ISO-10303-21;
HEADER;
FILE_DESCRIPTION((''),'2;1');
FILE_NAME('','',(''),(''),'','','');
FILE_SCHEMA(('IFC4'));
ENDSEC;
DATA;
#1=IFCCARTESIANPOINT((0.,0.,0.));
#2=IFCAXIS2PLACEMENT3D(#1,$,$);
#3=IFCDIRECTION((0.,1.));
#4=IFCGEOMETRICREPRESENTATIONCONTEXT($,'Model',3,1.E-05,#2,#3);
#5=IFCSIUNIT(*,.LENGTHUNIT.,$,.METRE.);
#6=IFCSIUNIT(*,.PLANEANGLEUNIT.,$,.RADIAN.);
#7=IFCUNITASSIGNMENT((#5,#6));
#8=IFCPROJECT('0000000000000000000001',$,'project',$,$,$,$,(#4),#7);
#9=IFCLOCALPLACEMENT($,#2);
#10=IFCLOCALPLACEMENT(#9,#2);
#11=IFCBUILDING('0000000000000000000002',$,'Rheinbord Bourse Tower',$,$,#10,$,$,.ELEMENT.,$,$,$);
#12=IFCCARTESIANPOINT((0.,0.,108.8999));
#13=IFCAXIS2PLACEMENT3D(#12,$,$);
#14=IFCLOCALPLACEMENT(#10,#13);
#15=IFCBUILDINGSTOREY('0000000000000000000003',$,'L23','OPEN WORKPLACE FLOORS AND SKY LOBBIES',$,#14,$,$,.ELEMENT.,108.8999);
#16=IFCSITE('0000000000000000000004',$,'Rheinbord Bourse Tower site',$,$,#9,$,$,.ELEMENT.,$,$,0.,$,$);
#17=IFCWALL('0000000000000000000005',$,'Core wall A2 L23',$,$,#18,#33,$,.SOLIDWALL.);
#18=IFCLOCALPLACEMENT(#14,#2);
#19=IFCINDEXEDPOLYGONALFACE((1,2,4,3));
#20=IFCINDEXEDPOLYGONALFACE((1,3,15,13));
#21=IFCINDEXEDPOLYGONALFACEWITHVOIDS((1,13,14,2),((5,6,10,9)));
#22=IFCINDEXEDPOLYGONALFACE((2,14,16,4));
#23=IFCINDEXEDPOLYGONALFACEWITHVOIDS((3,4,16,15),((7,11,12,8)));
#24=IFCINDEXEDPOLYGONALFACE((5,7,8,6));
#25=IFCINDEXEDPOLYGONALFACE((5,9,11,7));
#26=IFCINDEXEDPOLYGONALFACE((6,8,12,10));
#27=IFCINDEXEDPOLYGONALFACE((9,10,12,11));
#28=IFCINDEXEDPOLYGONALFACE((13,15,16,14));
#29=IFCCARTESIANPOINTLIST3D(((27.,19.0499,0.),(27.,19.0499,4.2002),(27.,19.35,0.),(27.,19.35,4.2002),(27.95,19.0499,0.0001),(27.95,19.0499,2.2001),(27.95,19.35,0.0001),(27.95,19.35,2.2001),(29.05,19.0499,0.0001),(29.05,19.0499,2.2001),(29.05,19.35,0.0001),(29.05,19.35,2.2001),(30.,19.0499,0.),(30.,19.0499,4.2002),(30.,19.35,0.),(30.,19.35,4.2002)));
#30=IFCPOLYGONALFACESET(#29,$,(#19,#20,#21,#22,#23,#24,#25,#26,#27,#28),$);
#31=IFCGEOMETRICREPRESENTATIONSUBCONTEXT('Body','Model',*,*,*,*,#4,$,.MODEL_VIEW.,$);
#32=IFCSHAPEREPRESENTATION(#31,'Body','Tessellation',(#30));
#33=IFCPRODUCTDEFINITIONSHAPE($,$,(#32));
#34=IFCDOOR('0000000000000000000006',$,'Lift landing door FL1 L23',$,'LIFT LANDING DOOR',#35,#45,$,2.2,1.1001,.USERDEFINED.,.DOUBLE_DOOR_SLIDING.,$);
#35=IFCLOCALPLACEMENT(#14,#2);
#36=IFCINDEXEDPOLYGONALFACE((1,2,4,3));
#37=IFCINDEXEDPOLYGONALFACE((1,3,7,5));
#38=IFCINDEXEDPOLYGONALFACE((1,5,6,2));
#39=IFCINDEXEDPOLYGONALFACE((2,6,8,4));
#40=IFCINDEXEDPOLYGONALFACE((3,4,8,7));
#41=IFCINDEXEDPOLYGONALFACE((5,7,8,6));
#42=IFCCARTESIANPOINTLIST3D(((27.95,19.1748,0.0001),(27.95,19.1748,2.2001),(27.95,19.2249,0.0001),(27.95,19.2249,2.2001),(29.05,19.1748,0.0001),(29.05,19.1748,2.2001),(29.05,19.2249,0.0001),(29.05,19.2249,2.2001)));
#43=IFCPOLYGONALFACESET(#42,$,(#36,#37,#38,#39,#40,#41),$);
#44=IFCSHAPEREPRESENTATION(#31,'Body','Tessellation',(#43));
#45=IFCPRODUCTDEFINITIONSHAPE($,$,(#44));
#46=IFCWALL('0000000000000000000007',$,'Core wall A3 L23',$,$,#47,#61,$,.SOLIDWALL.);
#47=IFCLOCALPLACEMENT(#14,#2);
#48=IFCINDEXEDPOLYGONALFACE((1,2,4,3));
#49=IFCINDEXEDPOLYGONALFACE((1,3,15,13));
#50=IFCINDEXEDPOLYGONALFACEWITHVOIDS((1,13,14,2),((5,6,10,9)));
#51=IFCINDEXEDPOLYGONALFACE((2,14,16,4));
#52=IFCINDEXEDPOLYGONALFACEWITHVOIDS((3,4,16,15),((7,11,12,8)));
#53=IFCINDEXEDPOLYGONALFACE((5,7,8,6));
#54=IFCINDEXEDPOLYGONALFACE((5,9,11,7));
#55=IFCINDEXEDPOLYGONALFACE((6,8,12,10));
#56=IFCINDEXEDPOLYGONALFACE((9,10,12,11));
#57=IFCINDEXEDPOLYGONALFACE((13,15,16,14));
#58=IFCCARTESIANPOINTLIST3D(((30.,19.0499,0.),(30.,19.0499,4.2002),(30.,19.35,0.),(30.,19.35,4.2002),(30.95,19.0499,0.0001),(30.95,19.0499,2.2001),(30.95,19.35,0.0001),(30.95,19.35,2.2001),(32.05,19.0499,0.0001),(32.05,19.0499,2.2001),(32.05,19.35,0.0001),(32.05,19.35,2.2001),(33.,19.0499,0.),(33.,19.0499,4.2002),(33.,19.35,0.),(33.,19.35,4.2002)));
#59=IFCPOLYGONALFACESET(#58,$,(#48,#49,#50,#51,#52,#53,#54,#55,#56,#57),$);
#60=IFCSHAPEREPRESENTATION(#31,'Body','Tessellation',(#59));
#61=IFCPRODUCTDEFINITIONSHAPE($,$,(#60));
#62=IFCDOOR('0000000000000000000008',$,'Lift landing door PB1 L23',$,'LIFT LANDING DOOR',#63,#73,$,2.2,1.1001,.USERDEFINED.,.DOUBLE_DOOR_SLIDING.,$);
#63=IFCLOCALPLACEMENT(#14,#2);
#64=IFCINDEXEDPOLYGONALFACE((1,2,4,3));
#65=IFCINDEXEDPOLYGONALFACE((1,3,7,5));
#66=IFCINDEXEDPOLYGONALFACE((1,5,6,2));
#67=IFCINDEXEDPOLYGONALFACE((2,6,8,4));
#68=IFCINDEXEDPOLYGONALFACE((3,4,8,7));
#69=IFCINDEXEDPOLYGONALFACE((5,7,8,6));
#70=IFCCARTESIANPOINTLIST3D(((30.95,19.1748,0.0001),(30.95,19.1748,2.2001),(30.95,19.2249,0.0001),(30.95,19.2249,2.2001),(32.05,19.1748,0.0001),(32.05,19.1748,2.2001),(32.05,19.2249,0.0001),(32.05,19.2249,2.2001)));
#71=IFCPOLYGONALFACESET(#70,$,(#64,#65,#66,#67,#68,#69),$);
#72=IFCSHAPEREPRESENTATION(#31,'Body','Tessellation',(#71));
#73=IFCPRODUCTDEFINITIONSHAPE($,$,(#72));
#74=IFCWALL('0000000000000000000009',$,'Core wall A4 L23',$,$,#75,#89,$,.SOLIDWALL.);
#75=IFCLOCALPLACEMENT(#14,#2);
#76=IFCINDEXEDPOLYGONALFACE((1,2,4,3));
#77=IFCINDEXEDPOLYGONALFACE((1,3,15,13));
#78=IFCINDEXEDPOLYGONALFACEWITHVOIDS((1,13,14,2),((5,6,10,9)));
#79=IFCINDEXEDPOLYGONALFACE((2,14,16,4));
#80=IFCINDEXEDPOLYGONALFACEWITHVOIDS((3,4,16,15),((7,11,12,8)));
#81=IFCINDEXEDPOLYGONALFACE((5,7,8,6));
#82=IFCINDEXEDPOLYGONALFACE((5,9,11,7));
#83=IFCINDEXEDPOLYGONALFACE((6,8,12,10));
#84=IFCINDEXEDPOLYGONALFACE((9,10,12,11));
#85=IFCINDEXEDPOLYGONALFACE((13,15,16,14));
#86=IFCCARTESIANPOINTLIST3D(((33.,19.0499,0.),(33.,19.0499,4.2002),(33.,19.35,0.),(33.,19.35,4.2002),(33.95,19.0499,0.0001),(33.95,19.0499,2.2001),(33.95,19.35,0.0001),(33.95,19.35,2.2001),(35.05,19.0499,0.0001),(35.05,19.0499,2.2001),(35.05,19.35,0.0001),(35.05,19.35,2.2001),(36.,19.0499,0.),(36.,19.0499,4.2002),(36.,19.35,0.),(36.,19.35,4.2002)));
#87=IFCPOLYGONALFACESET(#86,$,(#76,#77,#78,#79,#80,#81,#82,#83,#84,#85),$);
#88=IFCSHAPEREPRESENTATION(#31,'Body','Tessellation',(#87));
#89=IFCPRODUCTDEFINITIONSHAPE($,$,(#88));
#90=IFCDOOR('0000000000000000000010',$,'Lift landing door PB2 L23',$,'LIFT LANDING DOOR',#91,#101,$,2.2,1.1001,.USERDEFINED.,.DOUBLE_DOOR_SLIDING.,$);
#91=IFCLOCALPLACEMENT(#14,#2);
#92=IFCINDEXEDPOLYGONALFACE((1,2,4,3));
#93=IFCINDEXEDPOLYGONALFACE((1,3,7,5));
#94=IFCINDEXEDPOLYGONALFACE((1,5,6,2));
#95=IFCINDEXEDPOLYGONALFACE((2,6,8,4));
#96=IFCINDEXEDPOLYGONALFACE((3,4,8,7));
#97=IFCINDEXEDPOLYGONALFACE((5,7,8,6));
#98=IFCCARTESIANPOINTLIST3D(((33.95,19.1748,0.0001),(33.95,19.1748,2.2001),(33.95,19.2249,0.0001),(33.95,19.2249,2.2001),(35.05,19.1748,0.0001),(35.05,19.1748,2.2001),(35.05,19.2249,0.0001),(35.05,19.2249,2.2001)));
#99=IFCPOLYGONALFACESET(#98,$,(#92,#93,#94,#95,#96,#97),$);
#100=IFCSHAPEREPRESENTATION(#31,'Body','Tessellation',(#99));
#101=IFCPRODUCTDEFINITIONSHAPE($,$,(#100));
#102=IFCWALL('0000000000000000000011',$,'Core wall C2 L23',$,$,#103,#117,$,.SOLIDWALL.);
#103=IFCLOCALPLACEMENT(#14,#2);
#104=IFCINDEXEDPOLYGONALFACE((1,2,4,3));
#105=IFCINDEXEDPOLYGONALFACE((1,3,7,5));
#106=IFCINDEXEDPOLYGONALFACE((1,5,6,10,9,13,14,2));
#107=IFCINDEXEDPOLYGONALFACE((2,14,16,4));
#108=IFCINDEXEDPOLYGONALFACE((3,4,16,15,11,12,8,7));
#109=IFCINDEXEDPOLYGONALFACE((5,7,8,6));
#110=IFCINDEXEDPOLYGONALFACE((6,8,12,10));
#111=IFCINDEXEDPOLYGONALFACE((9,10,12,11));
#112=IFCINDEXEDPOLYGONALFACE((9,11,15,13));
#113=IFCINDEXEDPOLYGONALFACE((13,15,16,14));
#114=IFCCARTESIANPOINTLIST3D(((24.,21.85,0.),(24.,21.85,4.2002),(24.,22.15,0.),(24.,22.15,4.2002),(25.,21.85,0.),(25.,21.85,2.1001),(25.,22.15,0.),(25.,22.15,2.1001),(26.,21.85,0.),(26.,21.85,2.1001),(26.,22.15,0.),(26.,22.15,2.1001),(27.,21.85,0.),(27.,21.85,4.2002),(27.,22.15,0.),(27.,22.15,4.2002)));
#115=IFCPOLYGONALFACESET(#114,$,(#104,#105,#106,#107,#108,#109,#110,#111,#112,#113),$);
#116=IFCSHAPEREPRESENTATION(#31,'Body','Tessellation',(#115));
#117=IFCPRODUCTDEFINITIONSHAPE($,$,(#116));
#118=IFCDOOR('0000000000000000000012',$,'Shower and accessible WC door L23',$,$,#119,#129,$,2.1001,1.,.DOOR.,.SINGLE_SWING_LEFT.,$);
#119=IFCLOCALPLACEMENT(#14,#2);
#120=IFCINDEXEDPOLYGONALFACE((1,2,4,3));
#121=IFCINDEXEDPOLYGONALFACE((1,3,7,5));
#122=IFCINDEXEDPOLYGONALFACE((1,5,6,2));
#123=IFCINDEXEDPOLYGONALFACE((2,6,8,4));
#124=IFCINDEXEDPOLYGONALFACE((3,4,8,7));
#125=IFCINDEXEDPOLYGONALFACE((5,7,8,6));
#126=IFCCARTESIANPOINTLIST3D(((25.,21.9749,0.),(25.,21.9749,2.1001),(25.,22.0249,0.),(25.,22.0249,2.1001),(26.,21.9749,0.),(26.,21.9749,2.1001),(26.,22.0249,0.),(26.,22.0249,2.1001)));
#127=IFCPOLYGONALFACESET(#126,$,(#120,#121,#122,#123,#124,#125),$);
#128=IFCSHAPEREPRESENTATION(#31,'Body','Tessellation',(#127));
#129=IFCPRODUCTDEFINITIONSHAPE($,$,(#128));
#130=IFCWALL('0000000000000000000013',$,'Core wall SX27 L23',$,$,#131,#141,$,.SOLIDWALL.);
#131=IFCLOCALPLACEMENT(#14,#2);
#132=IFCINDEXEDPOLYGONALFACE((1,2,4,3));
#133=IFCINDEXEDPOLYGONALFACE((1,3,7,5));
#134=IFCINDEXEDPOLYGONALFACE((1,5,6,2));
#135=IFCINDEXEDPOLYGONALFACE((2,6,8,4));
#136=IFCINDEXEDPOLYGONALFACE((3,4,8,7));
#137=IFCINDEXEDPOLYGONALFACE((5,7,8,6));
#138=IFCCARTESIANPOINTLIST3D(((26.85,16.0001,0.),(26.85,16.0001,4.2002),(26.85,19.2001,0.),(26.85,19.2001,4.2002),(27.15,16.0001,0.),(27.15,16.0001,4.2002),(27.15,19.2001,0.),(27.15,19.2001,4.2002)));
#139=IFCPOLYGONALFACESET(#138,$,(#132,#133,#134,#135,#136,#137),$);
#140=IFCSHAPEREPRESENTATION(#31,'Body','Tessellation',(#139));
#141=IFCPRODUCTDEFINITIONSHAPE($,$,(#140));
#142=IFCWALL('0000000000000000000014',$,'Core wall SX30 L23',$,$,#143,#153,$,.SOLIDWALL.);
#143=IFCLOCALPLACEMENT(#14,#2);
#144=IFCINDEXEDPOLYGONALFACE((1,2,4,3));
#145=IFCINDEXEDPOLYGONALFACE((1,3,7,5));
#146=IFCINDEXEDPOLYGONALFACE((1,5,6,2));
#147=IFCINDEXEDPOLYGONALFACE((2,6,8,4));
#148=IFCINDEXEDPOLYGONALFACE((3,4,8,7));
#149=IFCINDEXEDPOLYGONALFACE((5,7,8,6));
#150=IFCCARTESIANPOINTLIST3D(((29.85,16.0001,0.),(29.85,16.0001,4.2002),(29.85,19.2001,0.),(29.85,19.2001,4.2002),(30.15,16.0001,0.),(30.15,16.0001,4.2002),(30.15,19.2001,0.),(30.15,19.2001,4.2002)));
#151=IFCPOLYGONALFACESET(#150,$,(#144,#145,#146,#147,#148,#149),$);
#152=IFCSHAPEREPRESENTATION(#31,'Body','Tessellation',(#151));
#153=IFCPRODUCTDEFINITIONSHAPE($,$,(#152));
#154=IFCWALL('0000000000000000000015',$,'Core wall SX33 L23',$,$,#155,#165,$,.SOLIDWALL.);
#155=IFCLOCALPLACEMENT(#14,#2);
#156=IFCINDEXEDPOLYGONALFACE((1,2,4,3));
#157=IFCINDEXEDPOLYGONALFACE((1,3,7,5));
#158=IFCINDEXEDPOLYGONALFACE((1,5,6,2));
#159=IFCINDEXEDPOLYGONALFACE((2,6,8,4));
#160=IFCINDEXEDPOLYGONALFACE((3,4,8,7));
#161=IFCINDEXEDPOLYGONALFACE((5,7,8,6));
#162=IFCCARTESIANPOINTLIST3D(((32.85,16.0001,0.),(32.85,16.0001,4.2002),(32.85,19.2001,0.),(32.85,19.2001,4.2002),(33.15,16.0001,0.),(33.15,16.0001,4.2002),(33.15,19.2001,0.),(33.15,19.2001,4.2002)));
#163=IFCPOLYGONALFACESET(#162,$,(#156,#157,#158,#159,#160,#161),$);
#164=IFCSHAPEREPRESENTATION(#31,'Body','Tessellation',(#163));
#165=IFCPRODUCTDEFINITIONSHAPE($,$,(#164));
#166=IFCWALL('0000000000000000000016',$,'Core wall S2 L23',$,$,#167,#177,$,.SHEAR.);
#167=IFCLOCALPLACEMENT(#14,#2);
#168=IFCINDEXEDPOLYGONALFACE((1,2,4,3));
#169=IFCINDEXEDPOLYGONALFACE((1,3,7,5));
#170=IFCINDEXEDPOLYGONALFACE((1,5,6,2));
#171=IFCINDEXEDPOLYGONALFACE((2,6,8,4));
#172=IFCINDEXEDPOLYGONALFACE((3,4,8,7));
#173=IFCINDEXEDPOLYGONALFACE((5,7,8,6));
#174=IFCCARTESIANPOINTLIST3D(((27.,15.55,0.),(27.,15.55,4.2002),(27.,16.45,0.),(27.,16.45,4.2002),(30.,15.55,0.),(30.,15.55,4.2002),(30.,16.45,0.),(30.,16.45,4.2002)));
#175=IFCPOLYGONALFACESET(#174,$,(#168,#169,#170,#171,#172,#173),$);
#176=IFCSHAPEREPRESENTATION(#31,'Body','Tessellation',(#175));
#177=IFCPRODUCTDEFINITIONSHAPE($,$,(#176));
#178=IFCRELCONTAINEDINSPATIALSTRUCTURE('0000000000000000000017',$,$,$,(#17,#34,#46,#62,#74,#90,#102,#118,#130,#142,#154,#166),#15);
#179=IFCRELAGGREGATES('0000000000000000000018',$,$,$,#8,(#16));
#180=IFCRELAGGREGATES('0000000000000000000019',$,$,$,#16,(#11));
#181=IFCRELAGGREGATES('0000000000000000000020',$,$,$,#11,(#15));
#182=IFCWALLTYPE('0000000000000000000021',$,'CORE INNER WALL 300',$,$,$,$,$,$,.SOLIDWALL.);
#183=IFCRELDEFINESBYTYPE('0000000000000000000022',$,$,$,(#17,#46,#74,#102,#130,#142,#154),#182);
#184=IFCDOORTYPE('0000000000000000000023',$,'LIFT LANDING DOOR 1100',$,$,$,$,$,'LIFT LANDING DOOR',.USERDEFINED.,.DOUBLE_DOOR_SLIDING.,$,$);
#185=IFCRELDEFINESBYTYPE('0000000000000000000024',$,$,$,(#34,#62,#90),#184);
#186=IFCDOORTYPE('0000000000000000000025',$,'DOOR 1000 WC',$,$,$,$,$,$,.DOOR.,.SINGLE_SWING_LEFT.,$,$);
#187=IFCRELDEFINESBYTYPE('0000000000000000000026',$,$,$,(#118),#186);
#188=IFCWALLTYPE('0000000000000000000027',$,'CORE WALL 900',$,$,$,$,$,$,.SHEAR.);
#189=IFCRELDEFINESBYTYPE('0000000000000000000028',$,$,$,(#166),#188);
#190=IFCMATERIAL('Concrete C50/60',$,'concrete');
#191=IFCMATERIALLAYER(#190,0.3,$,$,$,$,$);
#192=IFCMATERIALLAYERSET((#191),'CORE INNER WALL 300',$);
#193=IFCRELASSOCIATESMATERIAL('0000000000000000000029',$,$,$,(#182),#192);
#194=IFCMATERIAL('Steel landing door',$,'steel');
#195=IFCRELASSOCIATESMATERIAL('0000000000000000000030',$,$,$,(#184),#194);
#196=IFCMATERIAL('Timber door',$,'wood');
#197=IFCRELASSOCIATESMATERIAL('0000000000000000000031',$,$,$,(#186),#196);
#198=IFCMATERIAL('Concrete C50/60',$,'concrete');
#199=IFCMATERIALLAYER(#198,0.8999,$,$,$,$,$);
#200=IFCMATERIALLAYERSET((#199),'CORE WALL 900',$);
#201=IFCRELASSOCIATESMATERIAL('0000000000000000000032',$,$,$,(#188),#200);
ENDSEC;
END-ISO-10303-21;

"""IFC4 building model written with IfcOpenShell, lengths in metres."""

from ifc_helpers import new_model, si_unit, direction, frame, frame_2d, origin, place, context, subcontext, project, spatial, rectangle, extrude, material, layer, layer_set, type_object, element, fill, save


model = new_model("IFC4")

# Units and contexts
model_context = context("Model", 3, precision=1e-05, world=origin(), true_north=direction((0.0, 1.0)))
body_context = subcontext(model_context, "Body", "Model", "MODEL_VIEW")
ifc_project = project(units=[si_unit("LENGTHUNIT", "METRE"), si_unit("PLANEANGLEUNIT", "RADIAN")], contexts=[model_context])

# Site, building, storey
site_placement = place(None, origin())
site = spatial("IfcSite", under=ifc_project, at=site_placement, Name="Rheinbord Bourse Tower site", CompositionType="ELEMENT", RefElevation=0.0)
building_placement = place(site_placement, origin())
building = spatial("IfcBuilding", under=site, at=building_placement, Name="Rheinbord Bourse Tower", CompositionType="ELEMENT")
storey_placement = place(building_placement, frame((0.0, 0.0, 108.8999)))
storey = spatial("IfcBuildingStorey", under=building, at=storey_placement, Name="L23", Description="OPEN WORKPLACE FLOORS AND SKY LOBBIES", CompositionType="ELEMENT", Elevation=108.8999)

# Walls, openings, doors
ifc_material_1 = material(Name="Concrete C50/60", Category="concrete")
ifc_layer_1 = layer(ifc_material_1, 0.3)
ifc_layer_set_1 = layer_set([ifc_layer_1], Name="CORE INNER WALL 300")
wall_type_1 = type_object("IfcWallType", Name="CORE INNER WALL 300", PredefinedType="SOLIDWALL", material=ifc_layer_set_1)
wall_1_placement = place(storey_placement, frame((27.0, 19.2, 0.0), z_axis=(0.0, 0.0, 1.0), x_axis=(1.0, 0.0, 0.0)))
wall_1 = element("IfcWall", 1, at=wall_1_placement, inside=storey, type_object=wall_type_1, Name="Core wall A2 L23", PredefinedType="SOLIDWALL", context=body_context, shape_type="SweptSolid", body=[
    extrude(rectangle(XDim=3.0, YDim=0.3, at=frame_2d((1.5, 0.0))), origin(), (0.0, 0.0, 1.0), 4.2002),
])
opening_1_placement = place(wall_1_placement, frame((0.95, 0.0, 0.0)))
opening_1 = element("IfcOpeningElement", 2, at=opening_1_placement, cuts=wall_1, PredefinedType="OPENING", context=body_context, shape_type="SweptSolid", body=[
    extrude(rectangle(XDim=1.1001, YDim=2.2, at=frame_2d((0.55, 1.1001))), frame((0.0, 0.1599, 0.0), z_axis=(0.0, -1.0, 0.0), x_axis=(1.0, 0.0, 0.0)), (0.0, 0.0, 1.0), 0.3201),
])
ifc_material_2 = material(Name="Steel landing door", Category="steel")
door_type_1 = type_object("IfcDoorType", Name="LIFT LANDING DOOR 1100", ElementType="LIFT LANDING DOOR", OperationType="DOUBLE_DOOR_SLIDING", PredefinedType="USERDEFINED", material=ifc_material_2)
door_1_placement = place(opening_1_placement, origin())
door_1 = element("IfcDoor", 3, at=door_1_placement, inside=storey, type_object=door_type_1, Name="Lift landing door FL1 L23", ObjectType="LIFT LANDING DOOR", OperationType="DOUBLE_DOOR_SLIDING", OverallHeight=2.2, OverallWidth=1.1001, PredefinedType="USERDEFINED", context=body_context, shape_type="SweptSolid", body=[
    extrude(rectangle(XDim=1.1001, YDim=2.2, at=frame_2d((0.55, 1.1001))), frame((0.0, 0.0249, 0.0), z_axis=(0.0, -1.0, 0.0), x_axis=(1.0, 0.0, 0.0)), (0.0, 0.0, 1.0), 0.05),
])
fill(opening_1, door_1)
wall_2_placement = place(storey_placement, frame((30.0, 19.2, 0.0), z_axis=(0.0, 0.0, 1.0), x_axis=(1.0, 0.0, 0.0)))
wall_2 = element("IfcWall", 4, at=wall_2_placement, inside=storey, type_object=wall_type_1, Name="Core wall A3 L23", PredefinedType="SOLIDWALL", context=body_context, shape_type="SweptSolid", body=[
    extrude(rectangle(XDim=3.0, YDim=0.3, at=frame_2d((1.5, 0.0))), origin(), (0.0, 0.0, 1.0), 4.2002),
])
opening_2_placement = place(wall_2_placement, frame((0.95, 0.0, 0.0)))
opening_2 = element("IfcOpeningElement", 5, at=opening_2_placement, cuts=wall_2, PredefinedType="OPENING", context=body_context, shape_type="SweptSolid", body=[
    extrude(rectangle(XDim=1.1001, YDim=2.2, at=frame_2d((0.55, 1.1001))), frame((0.0, 0.1599, 0.0), z_axis=(0.0, -1.0, 0.0), x_axis=(1.0, 0.0, 0.0)), (0.0, 0.0, 1.0), 0.3201),
])
door_2_placement = place(opening_2_placement, origin())
door_2 = element("IfcDoor", 6, at=door_2_placement, inside=storey, type_object=door_type_1, Name="Lift landing door PB1 L23", ObjectType="LIFT LANDING DOOR", OperationType="DOUBLE_DOOR_SLIDING", OverallHeight=2.2, OverallWidth=1.1001, PredefinedType="USERDEFINED", context=body_context, shape_type="SweptSolid", body=[
    extrude(rectangle(XDim=1.1001, YDim=2.2, at=frame_2d((0.55, 1.1001))), frame((0.0, 0.0249, 0.0), z_axis=(0.0, -1.0, 0.0), x_axis=(1.0, 0.0, 0.0)), (0.0, 0.0, 1.0), 0.05),
])
fill(opening_2, door_2)
wall_3_placement = place(storey_placement, frame((33.0, 19.2, 0.0), z_axis=(0.0, 0.0, 1.0), x_axis=(1.0, 0.0, 0.0)))
wall_3 = element("IfcWall", 7, at=wall_3_placement, inside=storey, type_object=wall_type_1, Name="Core wall A4 L23", PredefinedType="SOLIDWALL", context=body_context, shape_type="SweptSolid", body=[
    extrude(rectangle(XDim=3.0, YDim=0.3, at=frame_2d((1.5, 0.0))), origin(), (0.0, 0.0, 1.0), 4.2002),
])
opening_3_placement = place(wall_3_placement, frame((0.95, 0.0, 0.0)))
opening_3 = element("IfcOpeningElement", 8, at=opening_3_placement, cuts=wall_3, PredefinedType="OPENING", context=body_context, shape_type="SweptSolid", body=[
    extrude(rectangle(XDim=1.1001, YDim=2.2, at=frame_2d((0.55, 1.1001))), frame((0.0, 0.1599, 0.0), z_axis=(0.0, -1.0, 0.0), x_axis=(1.0, 0.0, 0.0)), (0.0, 0.0, 1.0), 0.3201),
])
door_3_placement = place(opening_3_placement, origin())
door_3 = element("IfcDoor", 9, at=door_3_placement, inside=storey, type_object=door_type_1, Name="Lift landing door PB2 L23", ObjectType="LIFT LANDING DOOR", OperationType="DOUBLE_DOOR_SLIDING", OverallHeight=2.2, OverallWidth=1.1001, PredefinedType="USERDEFINED", context=body_context, shape_type="SweptSolid", body=[
    extrude(rectangle(XDim=1.1001, YDim=2.2, at=frame_2d((0.55, 1.1001))), frame((0.0, 0.0249, 0.0), z_axis=(0.0, -1.0, 0.0), x_axis=(1.0, 0.0, 0.0)), (0.0, 0.0, 1.0), 0.05),
])
fill(opening_3, door_3)
wall_4_placement = place(storey_placement, frame((24.0, 22.0, 0.0), z_axis=(0.0, 0.0, 1.0), x_axis=(1.0, 0.0, 0.0)))
wall_4 = element("IfcWall", 10, at=wall_4_placement, inside=storey, type_object=wall_type_1, Name="Core wall C2 L23", PredefinedType="SOLIDWALL", context=body_context, shape_type="SweptSolid", body=[
    extrude(rectangle(XDim=3.0, YDim=0.3, at=frame_2d((1.5, 0.0))), origin(), (0.0, 0.0, 1.0), 4.2002),
])
opening_4_placement = place(wall_4_placement, frame((1.0, 0.0, 0.0)))
opening_4 = element("IfcOpeningElement", 11, at=opening_4_placement, cuts=wall_4, PredefinedType="OPENING", context=body_context, shape_type="SweptSolid", body=[
    extrude(rectangle(XDim=1.0, YDim=2.1001, at=frame_2d((0.5, 1.05))), frame((0.0, 0.1599, 0.0), z_axis=(0.0, -1.0, 0.0), x_axis=(1.0, 0.0, 0.0)), (0.0, 0.0, 1.0), 0.3201),
])
ifc_material_3 = material(Name="Timber door", Category="wood")
door_type_2 = type_object("IfcDoorType", Name="DOOR 1000 WC", OperationType="SINGLE_SWING_LEFT", PredefinedType="DOOR", material=ifc_material_3)
door_4_placement = place(opening_4_placement, origin())
door_4 = element("IfcDoor", 12, at=door_4_placement, inside=storey, type_object=door_type_2, Name="Shower and accessible WC door L23", OperationType="SINGLE_SWING_LEFT", OverallHeight=2.1001, OverallWidth=1.0, PredefinedType="DOOR", context=body_context, shape_type="SweptSolid", body=[
    extrude(rectangle(XDim=1.0, YDim=2.1001, at=frame_2d((0.5, 1.05))), frame((0.0, 0.0249, 0.0), z_axis=(0.0, -1.0, 0.0), x_axis=(1.0, 0.0, 0.0)), (0.0, 0.0, 1.0), 0.05),
])
fill(opening_4, door_4)

# Walls
for number, where, z_axis, x_axis, name in (
    (13, (27.0, 16.0, 0.0), (0.0, 0.0, 1.0), (0.0, 1.0, 0.0), "Core wall SX27 L23"),
    (14, (30.0, 16.0, 0.0), (0.0, 0.0, 1.0), (0.0, 1.0, 0.0), "Core wall SX30 L23"),
    (15, (33.0, 16.0, 0.0), (0.0, 0.0, 1.0), (0.0, 1.0, 0.0), "Core wall SX33 L23"),
):
    element("IfcWall", number, at=place(storey_placement, frame(where, z_axis=z_axis, x_axis=x_axis)), inside=storey, type_object=wall_type_1, Name=name, PredefinedType="SOLIDWALL", context=body_context, shape_type="SweptSolid", body=[
        extrude(rectangle(XDim=3.2, YDim=0.3, at=frame_2d((1.6001, 0.0))), origin(), (0.0, 0.0, 1.0), 4.2002),
    ])
ifc_material_4 = material(Name="Concrete C50/60", Category="concrete")
ifc_layer_2 = layer(ifc_material_4, 0.8999)
ifc_layer_set_2 = layer_set([ifc_layer_2], Name="CORE WALL 900")
wall_type_2 = type_object("IfcWallType", Name="CORE WALL 900", PredefinedType="SHEAR", material=ifc_layer_set_2)
for number, where, z_axis, x_axis, name in (
    (16, (27.0, 16.0, 0.0), (0.0, 0.0, 1.0), (1.0, 0.0, 0.0), "Core wall S2 L23"),
):
    element("IfcWall", number, at=place(storey_placement, frame(where, z_axis=z_axis, x_axis=x_axis)), inside=storey, type_object=wall_type_2, Name=name, PredefinedType="SHEAR", context=body_context, shape_type="SweptSolid", body=[
        extrude(rectangle(XDim=3.0, YDim=0.8999, at=frame_2d((1.5, 0.0))), origin(), (0.0, 0.0, 1.0), 4.2002),
    ])

save(model, "model.ifc")
